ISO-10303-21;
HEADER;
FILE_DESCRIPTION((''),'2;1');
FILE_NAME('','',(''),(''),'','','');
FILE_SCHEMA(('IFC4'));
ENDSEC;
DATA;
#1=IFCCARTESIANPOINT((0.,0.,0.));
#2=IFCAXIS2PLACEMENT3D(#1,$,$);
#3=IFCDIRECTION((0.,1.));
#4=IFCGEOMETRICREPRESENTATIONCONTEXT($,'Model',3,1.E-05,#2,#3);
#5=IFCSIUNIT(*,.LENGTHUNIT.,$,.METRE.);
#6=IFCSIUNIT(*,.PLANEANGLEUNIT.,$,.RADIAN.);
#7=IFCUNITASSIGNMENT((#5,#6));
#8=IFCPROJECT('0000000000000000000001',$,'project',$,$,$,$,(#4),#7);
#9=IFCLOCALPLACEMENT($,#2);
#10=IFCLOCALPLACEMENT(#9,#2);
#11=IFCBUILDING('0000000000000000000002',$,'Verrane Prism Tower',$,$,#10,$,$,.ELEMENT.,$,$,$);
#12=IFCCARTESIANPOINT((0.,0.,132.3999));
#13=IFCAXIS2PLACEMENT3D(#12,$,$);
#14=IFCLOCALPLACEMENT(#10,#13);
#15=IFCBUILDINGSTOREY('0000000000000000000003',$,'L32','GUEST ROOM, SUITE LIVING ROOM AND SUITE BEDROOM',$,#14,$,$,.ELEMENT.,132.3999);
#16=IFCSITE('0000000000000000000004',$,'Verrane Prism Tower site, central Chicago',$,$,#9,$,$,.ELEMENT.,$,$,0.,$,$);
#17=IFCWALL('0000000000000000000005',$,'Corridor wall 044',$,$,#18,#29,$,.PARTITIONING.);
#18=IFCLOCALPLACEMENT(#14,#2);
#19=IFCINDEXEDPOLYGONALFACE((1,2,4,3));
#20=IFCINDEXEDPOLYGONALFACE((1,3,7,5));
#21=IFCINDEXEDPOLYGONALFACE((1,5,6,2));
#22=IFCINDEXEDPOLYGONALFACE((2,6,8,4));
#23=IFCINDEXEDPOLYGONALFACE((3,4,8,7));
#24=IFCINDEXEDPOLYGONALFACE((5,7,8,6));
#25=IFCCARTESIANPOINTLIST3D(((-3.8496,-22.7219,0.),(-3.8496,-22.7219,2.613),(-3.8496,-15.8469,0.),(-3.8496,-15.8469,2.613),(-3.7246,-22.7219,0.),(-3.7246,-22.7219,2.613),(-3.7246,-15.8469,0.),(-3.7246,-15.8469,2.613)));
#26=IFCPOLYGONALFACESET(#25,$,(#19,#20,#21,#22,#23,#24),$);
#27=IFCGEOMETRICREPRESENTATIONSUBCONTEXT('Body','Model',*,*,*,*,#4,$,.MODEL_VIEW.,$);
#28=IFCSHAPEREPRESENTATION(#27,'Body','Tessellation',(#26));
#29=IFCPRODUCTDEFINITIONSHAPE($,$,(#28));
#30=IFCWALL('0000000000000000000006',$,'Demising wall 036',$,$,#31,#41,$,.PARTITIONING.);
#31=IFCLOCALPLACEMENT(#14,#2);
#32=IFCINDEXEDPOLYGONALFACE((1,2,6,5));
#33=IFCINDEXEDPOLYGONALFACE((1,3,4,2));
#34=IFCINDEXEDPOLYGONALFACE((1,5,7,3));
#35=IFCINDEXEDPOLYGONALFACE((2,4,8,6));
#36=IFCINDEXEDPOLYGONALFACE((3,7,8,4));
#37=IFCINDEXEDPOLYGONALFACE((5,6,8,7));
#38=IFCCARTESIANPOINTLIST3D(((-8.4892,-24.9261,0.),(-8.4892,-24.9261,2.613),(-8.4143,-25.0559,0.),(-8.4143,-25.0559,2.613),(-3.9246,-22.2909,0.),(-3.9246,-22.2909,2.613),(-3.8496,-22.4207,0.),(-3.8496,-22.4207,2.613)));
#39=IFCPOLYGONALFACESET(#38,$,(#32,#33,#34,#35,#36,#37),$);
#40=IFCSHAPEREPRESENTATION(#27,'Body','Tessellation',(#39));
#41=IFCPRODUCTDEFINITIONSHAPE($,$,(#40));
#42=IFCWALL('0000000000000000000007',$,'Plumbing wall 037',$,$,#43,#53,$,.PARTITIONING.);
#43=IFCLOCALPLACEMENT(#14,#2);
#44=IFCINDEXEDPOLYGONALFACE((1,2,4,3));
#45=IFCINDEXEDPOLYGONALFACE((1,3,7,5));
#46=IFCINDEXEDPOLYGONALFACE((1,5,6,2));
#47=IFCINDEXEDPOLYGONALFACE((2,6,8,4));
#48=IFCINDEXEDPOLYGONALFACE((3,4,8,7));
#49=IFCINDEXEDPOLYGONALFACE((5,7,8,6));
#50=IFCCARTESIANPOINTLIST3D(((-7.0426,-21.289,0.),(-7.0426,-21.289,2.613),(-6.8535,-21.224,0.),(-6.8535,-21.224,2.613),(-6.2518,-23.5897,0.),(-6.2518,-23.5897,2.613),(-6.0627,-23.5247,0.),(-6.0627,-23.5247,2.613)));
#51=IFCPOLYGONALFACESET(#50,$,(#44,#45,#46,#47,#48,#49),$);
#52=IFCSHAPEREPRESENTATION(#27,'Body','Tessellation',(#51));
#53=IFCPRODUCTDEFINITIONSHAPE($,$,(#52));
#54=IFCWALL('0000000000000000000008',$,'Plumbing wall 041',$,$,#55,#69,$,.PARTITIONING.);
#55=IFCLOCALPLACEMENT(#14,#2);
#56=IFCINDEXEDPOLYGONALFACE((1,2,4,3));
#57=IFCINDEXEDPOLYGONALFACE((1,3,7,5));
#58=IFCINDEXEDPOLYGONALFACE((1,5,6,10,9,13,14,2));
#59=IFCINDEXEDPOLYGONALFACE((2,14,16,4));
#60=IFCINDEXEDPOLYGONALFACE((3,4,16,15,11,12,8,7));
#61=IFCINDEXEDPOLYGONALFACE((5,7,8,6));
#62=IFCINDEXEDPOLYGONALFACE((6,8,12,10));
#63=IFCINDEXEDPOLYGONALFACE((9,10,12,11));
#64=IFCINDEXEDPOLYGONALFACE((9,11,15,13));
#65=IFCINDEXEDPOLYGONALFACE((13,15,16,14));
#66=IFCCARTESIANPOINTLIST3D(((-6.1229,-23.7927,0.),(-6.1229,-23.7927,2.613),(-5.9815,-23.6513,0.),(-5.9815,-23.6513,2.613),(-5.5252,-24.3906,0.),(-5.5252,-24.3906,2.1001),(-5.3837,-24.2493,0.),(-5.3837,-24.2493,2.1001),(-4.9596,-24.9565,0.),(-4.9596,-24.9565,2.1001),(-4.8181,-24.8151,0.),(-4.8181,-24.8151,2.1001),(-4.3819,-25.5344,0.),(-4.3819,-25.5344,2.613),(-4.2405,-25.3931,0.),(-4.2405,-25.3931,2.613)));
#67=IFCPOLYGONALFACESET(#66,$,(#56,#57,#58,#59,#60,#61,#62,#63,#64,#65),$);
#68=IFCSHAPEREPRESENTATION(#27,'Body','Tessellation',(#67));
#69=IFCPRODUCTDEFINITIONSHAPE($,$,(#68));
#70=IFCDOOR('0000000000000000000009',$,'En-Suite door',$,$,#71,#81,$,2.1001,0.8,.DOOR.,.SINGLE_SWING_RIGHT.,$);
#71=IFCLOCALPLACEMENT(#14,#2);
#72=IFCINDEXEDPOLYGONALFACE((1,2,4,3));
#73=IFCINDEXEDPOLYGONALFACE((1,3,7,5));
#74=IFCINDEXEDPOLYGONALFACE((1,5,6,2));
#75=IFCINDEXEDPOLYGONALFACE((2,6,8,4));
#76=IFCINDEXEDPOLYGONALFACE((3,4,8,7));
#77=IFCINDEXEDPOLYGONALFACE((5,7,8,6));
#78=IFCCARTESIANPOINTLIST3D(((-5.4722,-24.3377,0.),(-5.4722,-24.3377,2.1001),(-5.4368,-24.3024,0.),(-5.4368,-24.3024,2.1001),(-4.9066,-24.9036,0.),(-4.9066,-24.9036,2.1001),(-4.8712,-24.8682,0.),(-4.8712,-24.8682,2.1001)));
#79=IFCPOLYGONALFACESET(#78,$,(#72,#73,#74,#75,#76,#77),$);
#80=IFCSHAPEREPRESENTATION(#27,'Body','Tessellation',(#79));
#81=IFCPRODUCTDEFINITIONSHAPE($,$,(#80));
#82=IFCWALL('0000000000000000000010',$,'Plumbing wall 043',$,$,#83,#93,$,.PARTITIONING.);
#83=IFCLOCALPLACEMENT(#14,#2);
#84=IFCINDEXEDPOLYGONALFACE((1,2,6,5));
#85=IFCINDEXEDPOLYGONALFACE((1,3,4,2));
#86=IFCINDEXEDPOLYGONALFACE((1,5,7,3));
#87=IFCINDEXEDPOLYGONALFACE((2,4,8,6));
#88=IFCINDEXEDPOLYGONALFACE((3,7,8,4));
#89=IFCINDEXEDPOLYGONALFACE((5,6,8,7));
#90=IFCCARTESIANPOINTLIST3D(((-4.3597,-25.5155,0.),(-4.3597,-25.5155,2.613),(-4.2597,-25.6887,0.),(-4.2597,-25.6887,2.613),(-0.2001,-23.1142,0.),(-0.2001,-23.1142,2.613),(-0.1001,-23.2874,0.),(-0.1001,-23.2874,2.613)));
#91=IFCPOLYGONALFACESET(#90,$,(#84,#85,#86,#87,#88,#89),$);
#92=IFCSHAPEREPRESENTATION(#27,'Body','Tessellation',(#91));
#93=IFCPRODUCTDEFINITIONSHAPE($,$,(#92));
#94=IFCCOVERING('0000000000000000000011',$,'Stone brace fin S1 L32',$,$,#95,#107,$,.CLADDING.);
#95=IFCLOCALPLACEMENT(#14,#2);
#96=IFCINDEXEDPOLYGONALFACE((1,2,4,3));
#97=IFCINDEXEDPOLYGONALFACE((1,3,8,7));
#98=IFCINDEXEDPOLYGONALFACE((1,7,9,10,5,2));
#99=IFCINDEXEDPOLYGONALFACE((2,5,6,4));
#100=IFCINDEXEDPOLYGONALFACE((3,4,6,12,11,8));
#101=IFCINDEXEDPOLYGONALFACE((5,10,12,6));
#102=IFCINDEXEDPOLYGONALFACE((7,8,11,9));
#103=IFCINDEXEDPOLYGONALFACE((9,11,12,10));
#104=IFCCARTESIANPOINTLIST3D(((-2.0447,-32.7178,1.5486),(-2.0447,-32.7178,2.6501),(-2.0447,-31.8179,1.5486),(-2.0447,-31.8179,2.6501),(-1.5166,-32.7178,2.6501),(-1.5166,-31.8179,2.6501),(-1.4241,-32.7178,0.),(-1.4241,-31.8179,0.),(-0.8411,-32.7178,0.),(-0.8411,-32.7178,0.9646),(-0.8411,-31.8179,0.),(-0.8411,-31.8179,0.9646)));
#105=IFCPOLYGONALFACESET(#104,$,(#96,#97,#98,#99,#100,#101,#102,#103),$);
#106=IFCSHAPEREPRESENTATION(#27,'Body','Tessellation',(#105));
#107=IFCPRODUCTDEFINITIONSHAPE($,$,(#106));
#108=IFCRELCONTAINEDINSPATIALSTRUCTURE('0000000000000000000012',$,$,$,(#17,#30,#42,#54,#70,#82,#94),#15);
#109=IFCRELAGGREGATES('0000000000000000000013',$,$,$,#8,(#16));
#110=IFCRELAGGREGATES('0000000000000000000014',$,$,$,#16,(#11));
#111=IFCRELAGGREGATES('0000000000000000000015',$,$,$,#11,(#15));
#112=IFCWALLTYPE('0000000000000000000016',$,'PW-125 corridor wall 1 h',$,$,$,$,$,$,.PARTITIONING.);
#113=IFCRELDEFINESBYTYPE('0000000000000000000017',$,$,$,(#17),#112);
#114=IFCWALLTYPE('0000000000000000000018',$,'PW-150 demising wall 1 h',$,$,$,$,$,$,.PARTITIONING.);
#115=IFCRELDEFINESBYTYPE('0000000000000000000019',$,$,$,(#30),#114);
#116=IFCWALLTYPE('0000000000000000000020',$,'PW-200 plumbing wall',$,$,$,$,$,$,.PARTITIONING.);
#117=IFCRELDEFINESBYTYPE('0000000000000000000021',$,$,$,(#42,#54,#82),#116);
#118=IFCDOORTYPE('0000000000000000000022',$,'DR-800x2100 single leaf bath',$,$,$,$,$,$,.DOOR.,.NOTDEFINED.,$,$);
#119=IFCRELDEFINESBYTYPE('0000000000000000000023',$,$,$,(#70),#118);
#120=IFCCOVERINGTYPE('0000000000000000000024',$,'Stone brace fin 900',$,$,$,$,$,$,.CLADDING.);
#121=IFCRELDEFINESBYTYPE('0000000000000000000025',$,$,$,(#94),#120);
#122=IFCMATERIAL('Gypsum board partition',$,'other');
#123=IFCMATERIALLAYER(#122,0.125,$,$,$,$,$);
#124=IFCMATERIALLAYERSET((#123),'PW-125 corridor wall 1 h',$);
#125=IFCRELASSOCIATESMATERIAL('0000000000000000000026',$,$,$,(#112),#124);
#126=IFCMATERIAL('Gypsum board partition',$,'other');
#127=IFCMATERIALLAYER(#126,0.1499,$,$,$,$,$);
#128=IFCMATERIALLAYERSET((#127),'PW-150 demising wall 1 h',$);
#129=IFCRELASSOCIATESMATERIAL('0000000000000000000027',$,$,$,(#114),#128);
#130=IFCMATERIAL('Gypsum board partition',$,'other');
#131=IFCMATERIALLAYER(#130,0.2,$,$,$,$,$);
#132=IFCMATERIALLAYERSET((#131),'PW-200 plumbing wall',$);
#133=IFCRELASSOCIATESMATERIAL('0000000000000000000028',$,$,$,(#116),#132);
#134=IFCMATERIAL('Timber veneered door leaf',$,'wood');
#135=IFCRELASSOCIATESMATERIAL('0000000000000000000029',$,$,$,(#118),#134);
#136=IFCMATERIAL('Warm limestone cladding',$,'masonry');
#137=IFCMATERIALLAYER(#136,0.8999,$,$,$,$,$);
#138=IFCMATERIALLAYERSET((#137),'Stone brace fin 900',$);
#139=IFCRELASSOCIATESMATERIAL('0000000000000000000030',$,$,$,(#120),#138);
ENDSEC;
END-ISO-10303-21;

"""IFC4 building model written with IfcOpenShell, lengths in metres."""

from ifc_helpers import new_model, si_unit, direction, frame, frame_2d, origin, place, context, subcontext, project, spatial, polyline, rectangle, outline, extrude, material, layer, layer_set, type_object, element, fill, save


model = new_model("IFC4")

# Units and contexts
model_context = context("Model", 3, precision=1e-05, world=origin(), true_north=direction((0.0, 1.0)))
body_context = subcontext(model_context, "Body", "Model", "MODEL_VIEW")
ifc_project = project(units=[si_unit("LENGTHUNIT", "METRE"), si_unit("PLANEANGLEUNIT", "RADIAN")], contexts=[model_context])

# Site, building, storey
site_placement = place(None, origin())
site = spatial("IfcSite", under=ifc_project, at=site_placement, Name="Verrane Prism Tower site, central Chicago", CompositionType="ELEMENT", RefElevation=0.0)
building_placement = place(site_placement, origin())
building = spatial("IfcBuilding", under=site, at=building_placement, Name="Verrane Prism Tower", CompositionType="ELEMENT")
storey_placement = place(building_placement, frame((0.0, 0.0, 132.3999)))
storey = spatial("IfcBuildingStorey", under=building, at=storey_placement, Name="L32", Description="GUEST ROOM, SUITE LIVING ROOM AND SUITE BEDROOM", CompositionType="ELEMENT", Elevation=132.3999)

# Walls
ifc_material_1 = material(Name="Gypsum board partition", Category="other")
ifc_layer_1 = layer(ifc_material_1, 0.125)
ifc_layer_set_1 = layer_set([ifc_layer_1], Name="PW-125 corridor wall 1 h")
wall_type_1 = type_object("IfcWallType", Name="PW-125 corridor wall 1 h", PredefinedType="PARTITIONING", material=ifc_layer_set_1)
wall_1_placement = place(storey_placement, frame((-3.7871, -22.7219, 0.0), z_axis=(0.0, 0.0, 1.0), x_axis=(0.0, 1.0, 0.0)))
element("IfcWall", 1, at=wall_1_placement, inside=storey, type_object=wall_type_1, Name="Corridor wall 044", PredefinedType="PARTITIONING", context=body_context, shape_type="SweptSolid", body=[
    extrude(rectangle(XDim=6.875, YDim=0.125, at=frame_2d((3.4375, 0.0))), origin(), (0.0, 0.0, 1.0), 2.613),
])
ifc_material_2 = material(Name="Gypsum board partition", Category="other")
ifc_layer_2 = layer(ifc_material_2, 0.1499)
ifc_layer_set_2 = layer_set([ifc_layer_2], Name="PW-150 demising wall 1 h")
wall_type_2 = type_object("IfcWallType", Name="PW-150 demising wall 1 h", PredefinedType="PARTITIONING", material=ifc_layer_set_2)
wall_2_placement = place(storey_placement, frame((-8.4517, -24.991, 0.0), z_axis=(0.0, 0.0, 1.0), x_axis=(0.86604, 0.499975, 0.0)))
element("IfcWall", 2, at=wall_2_placement, inside=storey, type_object=wall_type_2, Name="Demising wall 036", PredefinedType="PARTITIONING", context=body_context, shape_type="SweptSolid", body=[
    extrude(rectangle(XDim=5.2708, YDim=0.1499, at=frame_2d((2.6353, 0.0))), origin(), (0.0, 0.0, 1.0), 2.613),
])
ifc_material_3 = material(Name="Gypsum board partition", Category="other")
ifc_layer_3 = layer(ifc_material_3, 0.2)
ifc_layer_set_3 = layer_set([ifc_layer_3], Name="PW-200 plumbing wall")
wall_type_3 = type_object("IfcWallType", Name="PW-200 plumbing wall", PredefinedType="PARTITIONING", material=ifc_layer_set_3)
wall_3_placement = place(storey_placement, frame((-6.948, -21.2566, 0.0), z_axis=(0.0, 0.0, 1.0), x_axis=(0.325035, -0.945702, 0.0)))
element("IfcWall", 3, at=wall_3_placement, inside=storey, type_object=wall_type_3, Name="Plumbing wall 037", PredefinedType="PARTITIONING", context=body_context, shape_type="SweptSolid", body=[
    extrude(rectangle(XDim=2.4329, YDim=0.2, at=frame_2d((1.2163, 0.0))), origin(), (0.0, 0.0, 1.0), 2.613),
])

# Wall, opening, door
wall_4_placement = place(storey_placement, frame((-6.0522, -23.7219, 0.0), z_axis=(0.0, 0.0, 1.0), x_axis=(0.706958, -0.707255, 0.0)))
wall_4 = element("IfcWall", 4, at=wall_4_placement, inside=storey, type_object=wall_type_3, Name="Plumbing wall 041", PredefinedType="PARTITIONING", context=body_context, shape_type="SweptSolid", body=[
    extrude(rectangle(XDim=2.4626, YDim=0.2, at=frame_2d((1.2314, 0.0))), origin(), (0.0, 0.0, 1.0), 2.613),
])
opening_placement = place(wall_4_placement, frame((0.8457, 0.0, 0.0)))
opening = element("IfcOpeningElement", 5, at=opening_placement, cuts=wall_4, PredefinedType="OPENING", context=body_context, shape_type="SweptSolid", body=[
    extrude(rectangle(XDim=0.8, YDim=2.1001, at=frame_2d((0.3999, 1.05))), frame((0.0, 0.1099, 0.0), z_axis=(0.0, -1.0, 0.0), x_axis=(1.0, 0.0, 0.0)), (0.0, 0.0, 1.0), 0.22),
])
ifc_material_4 = material(Name="Timber veneered door leaf", Category="wood")
door_type = type_object("IfcDoorType", Name="DR-800x2100 single leaf bath", OperationType="NOTDEFINED", PredefinedType="DOOR", material=ifc_material_4)
door_placement = place(opening_placement, origin())
door = element("IfcDoor", 6, at=door_placement, inside=storey, type_object=door_type, Name="En-Suite door", OperationType="SINGLE_SWING_RIGHT", OverallHeight=2.1001, OverallWidth=0.8, PredefinedType="DOOR", context=body_context, shape_type="SweptSolid", body=[
    extrude(rectangle(XDim=0.8, YDim=2.1001, at=frame_2d((0.3999, 1.05))), frame((0.0, 0.0249, 0.0), z_axis=(0.0, -1.0, 0.0), x_axis=(1.0, 0.0, 0.0)), (0.0, 0.0, 1.0), 0.05),
])
fill(opening, door)

# Wall
wall_5_placement = place(storey_placement, frame((-4.3096, -25.6021, 0.0), z_axis=(0.0, 0.0, 1.0), x_axis=(0.866045, 0.499966, 0.0)))
element("IfcWall", 7, at=wall_5_placement, inside=storey, type_object=wall_type_3, Name="Plumbing wall 043", PredefinedType="PARTITIONING", context=body_context, shape_type="SweptSolid", body=[
    extrude(rectangle(XDim=4.803, YDim=0.2, at=frame_2d((2.4014, 0.0))), origin(), (0.0, 0.0, 1.0), 2.613),
])

# Covering
ifc_material_5 = material(Name="Warm limestone cladding", Category="masonry")
ifc_layer_4 = layer(ifc_material_5, 0.8999)
ifc_layer_set_4 = layer_set([ifc_layer_4], Name="Stone brace fin 900")
covering_type = type_object("IfcCoveringType", Name="Stone brace fin 900", PredefinedType="CLADDING", material=ifc_layer_set_4)
covering_placement = place(storey_placement, frame((-0.8411, -32.2678, 0.0), z_axis=(0.0, 0.0, 1.0), x_axis=(-1.0, 0.0, 0.0)))
element("IfcCovering", 8, at=covering_placement, inside=storey, type_object=covering_type, Name="Stone brace fin S1 L32", PredefinedType="CLADDING", context=body_context, shape_type="SweptSolid", body=[
    extrude(outline(polyline([(1.2036, 2.6501), (0.6755, 2.6501), (0.0, 0.9646), (0.0, 0.0), (0.583, 0.0), (1.2036, 1.5486), (1.2036, 2.6501)])), frame((0.0, 0.45, 0.0), z_axis=(0.0, -1.0, 0.0), x_axis=(1.0, 0.0, 0.0)), (0.0, 0.0, 1.0), 0.8999),
])

save(model, "model.ifc")
